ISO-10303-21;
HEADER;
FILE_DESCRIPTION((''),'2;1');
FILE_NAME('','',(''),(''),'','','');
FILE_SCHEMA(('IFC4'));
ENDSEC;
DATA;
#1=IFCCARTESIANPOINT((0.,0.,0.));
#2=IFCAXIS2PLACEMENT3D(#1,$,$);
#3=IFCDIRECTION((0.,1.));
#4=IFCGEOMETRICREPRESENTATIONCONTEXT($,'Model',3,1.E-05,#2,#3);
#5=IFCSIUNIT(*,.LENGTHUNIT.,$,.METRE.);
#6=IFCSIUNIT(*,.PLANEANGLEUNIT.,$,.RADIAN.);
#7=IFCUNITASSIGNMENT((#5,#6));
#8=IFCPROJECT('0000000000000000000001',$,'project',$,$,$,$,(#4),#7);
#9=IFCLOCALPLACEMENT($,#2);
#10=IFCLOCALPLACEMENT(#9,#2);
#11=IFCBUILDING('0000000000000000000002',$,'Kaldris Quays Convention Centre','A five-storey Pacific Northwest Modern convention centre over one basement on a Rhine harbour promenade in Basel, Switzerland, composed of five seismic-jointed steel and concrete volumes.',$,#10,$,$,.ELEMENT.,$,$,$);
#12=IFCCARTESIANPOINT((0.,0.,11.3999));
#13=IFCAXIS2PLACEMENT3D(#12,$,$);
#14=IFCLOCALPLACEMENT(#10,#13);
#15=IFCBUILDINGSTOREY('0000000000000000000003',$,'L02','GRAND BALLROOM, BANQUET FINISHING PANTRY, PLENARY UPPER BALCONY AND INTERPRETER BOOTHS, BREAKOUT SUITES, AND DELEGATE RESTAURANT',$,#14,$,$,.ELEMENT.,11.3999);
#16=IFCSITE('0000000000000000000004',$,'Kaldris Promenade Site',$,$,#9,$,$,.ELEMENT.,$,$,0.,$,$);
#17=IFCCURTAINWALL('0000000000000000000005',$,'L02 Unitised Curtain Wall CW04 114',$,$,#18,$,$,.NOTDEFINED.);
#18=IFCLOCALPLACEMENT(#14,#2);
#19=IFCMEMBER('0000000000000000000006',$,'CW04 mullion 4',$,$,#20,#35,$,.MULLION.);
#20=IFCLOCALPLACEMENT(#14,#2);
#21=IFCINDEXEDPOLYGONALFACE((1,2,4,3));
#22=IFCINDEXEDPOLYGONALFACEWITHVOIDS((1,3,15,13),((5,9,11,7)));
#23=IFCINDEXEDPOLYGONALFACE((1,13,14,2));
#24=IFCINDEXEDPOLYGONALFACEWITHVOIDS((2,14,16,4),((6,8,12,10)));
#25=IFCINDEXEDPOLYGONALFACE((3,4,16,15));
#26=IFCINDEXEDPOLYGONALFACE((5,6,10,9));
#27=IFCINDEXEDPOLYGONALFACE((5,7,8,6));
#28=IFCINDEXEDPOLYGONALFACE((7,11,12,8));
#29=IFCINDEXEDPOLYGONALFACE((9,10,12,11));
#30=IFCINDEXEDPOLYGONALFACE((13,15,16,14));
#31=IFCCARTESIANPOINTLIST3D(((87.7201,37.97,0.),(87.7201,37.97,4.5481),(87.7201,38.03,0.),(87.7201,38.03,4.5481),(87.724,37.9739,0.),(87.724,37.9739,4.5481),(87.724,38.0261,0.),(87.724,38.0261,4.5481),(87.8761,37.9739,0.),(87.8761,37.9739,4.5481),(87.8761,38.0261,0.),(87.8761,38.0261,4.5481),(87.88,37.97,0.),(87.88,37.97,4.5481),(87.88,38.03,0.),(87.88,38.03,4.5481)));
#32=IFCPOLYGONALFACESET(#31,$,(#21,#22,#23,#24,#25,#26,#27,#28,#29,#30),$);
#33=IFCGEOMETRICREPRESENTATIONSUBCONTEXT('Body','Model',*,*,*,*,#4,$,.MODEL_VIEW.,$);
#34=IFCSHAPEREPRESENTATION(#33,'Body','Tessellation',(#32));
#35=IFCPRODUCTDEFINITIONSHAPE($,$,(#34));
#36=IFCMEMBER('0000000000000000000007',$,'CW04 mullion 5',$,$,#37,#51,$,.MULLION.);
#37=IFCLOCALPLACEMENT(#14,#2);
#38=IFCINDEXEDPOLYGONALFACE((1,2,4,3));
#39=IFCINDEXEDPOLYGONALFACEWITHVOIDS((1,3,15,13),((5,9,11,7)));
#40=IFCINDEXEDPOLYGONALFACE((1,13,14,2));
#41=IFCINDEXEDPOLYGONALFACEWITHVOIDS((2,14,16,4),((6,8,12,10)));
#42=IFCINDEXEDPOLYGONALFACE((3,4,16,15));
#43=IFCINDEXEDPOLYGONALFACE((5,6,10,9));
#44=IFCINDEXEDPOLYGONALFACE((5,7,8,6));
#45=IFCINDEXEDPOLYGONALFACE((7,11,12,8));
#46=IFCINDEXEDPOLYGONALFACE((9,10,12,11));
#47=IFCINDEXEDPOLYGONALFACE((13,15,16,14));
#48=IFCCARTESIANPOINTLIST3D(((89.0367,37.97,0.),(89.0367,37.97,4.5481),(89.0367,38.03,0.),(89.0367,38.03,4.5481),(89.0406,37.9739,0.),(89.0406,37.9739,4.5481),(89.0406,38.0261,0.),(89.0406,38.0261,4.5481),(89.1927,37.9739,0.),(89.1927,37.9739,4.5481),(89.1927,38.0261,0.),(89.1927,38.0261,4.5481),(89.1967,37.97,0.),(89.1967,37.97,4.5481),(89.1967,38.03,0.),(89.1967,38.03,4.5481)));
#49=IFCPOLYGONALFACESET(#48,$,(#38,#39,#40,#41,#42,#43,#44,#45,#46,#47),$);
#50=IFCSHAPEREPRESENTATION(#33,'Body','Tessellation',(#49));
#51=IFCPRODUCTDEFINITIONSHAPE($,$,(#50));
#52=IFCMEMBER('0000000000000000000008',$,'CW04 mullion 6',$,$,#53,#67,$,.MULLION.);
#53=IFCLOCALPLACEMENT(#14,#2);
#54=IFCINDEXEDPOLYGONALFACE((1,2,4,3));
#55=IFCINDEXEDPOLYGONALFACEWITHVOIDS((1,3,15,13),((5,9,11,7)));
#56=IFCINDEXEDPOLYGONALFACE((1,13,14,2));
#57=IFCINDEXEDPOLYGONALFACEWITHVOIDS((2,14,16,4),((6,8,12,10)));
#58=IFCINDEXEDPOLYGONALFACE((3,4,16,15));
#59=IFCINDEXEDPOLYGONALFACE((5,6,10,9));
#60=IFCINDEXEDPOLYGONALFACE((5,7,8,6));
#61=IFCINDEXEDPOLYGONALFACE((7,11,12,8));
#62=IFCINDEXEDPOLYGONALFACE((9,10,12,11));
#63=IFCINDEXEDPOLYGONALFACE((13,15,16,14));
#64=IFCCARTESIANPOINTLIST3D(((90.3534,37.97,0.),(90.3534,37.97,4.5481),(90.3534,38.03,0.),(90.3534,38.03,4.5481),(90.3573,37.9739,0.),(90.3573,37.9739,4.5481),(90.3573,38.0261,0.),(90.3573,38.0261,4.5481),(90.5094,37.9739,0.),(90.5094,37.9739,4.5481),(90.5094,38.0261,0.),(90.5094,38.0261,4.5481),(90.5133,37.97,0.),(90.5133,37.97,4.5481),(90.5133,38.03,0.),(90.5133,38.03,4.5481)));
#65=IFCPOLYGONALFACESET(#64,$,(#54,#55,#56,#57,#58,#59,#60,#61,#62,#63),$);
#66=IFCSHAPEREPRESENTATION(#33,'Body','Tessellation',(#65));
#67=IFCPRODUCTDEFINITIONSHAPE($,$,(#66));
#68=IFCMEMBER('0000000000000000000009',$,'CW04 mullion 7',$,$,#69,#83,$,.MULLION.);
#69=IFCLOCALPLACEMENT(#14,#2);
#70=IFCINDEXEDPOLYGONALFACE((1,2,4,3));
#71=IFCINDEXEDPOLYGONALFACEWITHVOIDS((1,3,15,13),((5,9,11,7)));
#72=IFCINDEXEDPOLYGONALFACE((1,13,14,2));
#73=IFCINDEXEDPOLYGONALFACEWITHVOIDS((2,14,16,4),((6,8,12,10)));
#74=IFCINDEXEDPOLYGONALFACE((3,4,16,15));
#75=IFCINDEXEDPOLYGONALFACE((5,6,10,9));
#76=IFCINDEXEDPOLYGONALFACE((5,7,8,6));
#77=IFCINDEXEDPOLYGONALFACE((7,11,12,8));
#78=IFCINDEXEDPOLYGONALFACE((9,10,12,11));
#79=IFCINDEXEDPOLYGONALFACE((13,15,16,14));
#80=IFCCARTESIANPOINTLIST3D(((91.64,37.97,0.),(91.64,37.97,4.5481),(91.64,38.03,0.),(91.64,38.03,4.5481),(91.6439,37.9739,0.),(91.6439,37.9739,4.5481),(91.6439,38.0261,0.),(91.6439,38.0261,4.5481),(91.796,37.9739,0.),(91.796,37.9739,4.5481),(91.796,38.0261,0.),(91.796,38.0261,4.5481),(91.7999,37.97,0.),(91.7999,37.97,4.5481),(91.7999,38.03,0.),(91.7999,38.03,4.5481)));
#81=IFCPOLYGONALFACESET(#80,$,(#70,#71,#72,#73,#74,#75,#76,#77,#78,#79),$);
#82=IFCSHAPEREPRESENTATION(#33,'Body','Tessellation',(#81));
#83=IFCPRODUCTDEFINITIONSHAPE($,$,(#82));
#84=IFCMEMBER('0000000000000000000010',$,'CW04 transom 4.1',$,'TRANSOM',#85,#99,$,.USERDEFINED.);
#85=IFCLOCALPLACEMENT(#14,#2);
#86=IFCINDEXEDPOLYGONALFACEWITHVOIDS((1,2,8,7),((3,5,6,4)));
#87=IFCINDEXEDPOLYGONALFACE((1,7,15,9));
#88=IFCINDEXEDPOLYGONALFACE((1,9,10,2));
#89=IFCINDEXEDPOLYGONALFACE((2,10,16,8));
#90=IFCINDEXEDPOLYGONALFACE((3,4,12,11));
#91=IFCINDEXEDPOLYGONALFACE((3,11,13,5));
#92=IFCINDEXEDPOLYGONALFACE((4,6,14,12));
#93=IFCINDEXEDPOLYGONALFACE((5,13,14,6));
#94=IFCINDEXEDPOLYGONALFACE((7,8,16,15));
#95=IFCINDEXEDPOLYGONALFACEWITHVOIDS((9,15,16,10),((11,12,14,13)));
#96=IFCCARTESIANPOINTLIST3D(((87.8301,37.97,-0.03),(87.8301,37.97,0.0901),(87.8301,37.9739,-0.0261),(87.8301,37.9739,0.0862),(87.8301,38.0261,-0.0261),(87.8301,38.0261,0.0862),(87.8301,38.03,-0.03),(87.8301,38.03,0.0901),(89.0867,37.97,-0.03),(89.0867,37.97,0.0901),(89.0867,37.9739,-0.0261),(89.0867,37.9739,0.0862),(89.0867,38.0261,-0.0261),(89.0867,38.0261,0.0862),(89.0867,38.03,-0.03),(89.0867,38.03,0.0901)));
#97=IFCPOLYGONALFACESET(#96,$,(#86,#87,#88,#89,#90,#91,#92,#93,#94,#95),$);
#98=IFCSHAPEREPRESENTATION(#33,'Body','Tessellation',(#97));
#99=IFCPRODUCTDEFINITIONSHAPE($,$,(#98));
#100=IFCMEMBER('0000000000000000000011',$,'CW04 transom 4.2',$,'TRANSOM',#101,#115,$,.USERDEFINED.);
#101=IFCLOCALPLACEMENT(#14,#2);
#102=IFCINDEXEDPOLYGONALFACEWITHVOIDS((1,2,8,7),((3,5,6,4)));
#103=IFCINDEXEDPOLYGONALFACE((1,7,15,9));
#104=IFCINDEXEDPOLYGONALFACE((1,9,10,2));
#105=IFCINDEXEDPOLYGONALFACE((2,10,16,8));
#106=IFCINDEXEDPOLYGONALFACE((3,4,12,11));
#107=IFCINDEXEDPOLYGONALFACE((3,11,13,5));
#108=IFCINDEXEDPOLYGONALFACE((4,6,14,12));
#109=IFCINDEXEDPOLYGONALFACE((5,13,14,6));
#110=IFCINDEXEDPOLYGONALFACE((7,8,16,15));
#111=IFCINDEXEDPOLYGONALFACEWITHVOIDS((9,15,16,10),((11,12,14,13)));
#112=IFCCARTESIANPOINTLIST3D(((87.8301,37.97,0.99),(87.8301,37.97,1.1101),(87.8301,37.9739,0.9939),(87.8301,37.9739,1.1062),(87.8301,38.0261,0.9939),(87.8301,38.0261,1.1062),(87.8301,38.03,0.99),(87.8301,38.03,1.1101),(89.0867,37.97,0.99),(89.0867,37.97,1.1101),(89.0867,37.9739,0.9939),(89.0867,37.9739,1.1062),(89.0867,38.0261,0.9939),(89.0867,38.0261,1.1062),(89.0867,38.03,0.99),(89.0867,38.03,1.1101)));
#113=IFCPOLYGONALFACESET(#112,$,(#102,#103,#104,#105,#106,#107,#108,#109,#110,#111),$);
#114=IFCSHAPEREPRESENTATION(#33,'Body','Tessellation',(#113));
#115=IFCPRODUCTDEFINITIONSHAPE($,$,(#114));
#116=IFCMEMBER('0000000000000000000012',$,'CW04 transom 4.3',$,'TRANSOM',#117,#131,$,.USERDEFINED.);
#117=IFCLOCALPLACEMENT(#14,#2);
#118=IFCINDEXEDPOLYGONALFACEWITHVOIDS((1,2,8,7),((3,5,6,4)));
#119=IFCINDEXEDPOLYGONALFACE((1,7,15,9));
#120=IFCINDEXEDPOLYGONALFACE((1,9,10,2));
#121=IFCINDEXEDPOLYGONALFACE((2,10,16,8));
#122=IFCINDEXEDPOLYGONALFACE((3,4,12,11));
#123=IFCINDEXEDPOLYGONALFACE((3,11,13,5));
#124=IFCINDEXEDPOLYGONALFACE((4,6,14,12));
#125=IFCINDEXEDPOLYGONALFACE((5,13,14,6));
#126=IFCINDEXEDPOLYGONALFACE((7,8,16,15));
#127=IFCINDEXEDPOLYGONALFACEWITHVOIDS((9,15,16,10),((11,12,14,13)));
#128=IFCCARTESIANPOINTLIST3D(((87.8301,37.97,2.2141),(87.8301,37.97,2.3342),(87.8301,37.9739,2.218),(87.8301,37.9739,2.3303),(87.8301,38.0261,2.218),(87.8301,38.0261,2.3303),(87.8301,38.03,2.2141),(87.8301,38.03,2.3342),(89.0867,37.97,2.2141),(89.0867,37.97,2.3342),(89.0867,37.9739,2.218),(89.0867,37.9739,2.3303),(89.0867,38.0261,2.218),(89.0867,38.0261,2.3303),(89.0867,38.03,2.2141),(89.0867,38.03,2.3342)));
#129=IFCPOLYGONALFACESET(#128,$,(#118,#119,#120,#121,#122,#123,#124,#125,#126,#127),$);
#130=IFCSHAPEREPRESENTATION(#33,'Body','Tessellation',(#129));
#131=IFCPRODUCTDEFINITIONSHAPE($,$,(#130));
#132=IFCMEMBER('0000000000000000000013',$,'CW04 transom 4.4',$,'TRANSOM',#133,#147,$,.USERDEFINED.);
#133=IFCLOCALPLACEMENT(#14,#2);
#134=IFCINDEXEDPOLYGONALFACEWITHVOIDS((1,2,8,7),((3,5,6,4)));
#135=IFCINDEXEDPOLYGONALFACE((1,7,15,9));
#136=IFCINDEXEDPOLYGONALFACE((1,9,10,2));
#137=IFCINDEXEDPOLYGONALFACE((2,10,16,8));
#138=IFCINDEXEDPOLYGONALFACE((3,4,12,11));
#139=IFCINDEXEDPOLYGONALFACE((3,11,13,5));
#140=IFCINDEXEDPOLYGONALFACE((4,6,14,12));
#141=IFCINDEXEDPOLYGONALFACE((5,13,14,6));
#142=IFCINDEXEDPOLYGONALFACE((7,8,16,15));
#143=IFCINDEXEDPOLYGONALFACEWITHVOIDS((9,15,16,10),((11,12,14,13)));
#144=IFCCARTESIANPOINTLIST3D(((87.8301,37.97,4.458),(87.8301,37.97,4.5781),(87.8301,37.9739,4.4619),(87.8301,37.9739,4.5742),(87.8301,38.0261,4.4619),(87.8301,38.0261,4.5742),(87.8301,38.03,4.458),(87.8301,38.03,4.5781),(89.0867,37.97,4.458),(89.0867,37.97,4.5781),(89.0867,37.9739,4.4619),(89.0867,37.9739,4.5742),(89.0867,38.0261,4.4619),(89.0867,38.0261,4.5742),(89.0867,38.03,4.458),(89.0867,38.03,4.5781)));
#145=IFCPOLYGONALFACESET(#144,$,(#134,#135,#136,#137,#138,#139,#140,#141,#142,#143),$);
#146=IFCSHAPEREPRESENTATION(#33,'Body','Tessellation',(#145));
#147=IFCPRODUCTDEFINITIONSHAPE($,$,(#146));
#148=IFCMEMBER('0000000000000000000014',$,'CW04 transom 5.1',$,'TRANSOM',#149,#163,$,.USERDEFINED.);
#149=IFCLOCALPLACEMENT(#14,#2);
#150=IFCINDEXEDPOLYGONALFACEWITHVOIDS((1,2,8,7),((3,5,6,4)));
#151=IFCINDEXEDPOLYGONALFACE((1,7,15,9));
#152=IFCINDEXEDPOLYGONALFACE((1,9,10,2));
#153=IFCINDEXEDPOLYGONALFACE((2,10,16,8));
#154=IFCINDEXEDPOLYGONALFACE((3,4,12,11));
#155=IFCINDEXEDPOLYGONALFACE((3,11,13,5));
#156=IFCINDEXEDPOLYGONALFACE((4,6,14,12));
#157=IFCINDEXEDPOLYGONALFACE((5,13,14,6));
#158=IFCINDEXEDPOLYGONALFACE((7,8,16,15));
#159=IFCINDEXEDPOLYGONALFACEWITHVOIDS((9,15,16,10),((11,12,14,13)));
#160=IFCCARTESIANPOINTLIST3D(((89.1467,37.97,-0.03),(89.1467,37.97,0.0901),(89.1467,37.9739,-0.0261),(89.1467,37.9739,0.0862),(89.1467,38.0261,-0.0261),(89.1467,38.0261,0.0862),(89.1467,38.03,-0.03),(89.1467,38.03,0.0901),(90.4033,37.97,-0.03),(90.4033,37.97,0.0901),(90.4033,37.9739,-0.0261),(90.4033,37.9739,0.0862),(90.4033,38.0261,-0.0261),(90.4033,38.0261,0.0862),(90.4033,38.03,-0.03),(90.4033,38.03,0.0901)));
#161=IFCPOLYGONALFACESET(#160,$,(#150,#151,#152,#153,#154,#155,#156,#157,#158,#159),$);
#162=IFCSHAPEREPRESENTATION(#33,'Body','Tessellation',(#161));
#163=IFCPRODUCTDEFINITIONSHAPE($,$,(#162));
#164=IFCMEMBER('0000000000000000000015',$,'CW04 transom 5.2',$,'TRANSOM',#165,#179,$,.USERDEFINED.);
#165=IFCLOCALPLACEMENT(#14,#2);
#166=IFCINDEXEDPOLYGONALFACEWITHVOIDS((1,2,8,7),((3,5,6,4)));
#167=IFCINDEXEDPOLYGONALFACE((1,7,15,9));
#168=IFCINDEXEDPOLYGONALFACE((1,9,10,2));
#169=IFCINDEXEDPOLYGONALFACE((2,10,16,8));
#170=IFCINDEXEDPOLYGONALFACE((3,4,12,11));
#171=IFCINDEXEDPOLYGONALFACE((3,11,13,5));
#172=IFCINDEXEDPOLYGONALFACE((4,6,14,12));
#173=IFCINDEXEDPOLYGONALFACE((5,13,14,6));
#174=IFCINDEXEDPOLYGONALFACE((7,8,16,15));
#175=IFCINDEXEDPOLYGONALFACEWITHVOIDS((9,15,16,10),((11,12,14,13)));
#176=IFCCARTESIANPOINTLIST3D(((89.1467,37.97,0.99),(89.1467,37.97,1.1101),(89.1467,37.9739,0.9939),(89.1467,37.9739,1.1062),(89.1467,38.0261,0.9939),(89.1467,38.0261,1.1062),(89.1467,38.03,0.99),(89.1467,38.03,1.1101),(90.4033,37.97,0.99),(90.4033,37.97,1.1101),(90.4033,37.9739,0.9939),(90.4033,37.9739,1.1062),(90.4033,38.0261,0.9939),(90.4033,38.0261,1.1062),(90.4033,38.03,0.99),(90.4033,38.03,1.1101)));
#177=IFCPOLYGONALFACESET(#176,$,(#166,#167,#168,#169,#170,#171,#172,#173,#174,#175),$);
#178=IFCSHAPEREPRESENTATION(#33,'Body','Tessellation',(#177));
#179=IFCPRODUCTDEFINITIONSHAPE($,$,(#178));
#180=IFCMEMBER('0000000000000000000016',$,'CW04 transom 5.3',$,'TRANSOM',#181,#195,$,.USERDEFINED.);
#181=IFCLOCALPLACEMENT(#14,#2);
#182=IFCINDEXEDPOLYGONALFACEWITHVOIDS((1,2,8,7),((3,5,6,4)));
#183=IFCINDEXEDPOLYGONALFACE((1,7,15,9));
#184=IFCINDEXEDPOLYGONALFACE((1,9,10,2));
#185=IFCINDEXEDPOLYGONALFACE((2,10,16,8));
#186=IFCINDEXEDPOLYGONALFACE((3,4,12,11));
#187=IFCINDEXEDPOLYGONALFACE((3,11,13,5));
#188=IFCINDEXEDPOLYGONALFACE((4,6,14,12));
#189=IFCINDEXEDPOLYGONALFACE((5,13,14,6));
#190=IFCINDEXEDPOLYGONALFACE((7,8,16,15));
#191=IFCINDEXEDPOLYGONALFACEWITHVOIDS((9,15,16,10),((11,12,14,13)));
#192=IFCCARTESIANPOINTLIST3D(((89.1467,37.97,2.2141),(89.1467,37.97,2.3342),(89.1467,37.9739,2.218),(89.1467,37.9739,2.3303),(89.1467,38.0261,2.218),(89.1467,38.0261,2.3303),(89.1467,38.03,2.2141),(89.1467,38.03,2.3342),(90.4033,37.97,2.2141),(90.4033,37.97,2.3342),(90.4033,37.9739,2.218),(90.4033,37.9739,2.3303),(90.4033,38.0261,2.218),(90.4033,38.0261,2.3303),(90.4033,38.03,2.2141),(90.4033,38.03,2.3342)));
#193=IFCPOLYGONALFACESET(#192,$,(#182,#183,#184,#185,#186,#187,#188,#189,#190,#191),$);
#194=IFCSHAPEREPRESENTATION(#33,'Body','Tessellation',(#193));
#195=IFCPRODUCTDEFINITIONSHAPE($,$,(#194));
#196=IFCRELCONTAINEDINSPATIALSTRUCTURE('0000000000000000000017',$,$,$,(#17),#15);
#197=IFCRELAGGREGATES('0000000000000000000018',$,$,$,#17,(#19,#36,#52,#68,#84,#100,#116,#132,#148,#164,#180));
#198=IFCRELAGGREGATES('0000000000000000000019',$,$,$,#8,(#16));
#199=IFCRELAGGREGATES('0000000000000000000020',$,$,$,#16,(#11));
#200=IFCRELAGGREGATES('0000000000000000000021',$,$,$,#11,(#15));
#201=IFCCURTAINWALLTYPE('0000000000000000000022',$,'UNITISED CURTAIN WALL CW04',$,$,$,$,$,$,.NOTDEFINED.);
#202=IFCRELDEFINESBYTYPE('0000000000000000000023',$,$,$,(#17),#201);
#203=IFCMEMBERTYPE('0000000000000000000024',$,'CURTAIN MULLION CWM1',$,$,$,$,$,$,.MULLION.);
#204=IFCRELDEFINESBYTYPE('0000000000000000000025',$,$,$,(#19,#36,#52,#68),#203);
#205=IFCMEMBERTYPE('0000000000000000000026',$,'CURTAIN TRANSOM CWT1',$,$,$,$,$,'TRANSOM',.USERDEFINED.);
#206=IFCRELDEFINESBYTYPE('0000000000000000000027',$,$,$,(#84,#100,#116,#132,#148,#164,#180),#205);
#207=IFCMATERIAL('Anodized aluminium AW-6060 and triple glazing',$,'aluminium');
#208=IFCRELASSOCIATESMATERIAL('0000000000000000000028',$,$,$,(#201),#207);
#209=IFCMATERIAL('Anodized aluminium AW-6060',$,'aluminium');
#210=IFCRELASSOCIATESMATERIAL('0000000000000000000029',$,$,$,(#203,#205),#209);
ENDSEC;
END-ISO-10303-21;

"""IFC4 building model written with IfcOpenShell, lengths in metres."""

from ifc_helpers import new_model, si_unit, direction, frame, origin, origin_2d, place, context, subcontext, project, spatial, hollow_rectangle, extrude, material, material_profile, profile_set, type_object, element, aggregate, save


model = new_model("IFC4")

# Units and contexts
model_context = context("Model", 3, precision=1e-05, world=origin(), true_north=direction((0.0, 1.0)))
body_context = subcontext(model_context, "Body", "Model", "MODEL_VIEW")
ifc_project = project(units=[si_unit("LENGTHUNIT", "METRE"), si_unit("PLANEANGLEUNIT", "RADIAN")], contexts=[model_context])

# Site, building, storey
site_placement = place(None, origin())
site = spatial("IfcSite", under=ifc_project, at=site_placement, Name="Kaldris Promenade Site", CompositionType="ELEMENT", RefElevation=0.0)
building_placement = place(site_placement, origin())
building = spatial("IfcBuilding", under=site, at=building_placement, Name="Kaldris Quays Convention Centre", Description="A five-storey Pacific Northwest Modern convention centre over one basement on a Rhine harbour promenade in Basel, Switzerland, composed of five seismic-jointed steel and concrete volumes.", CompositionType="ELEMENT")
storey_placement = place(building_placement, frame((0.0, 0.0, 11.3999)))
storey = spatial("IfcBuildingStorey", under=building, at=storey_placement, Name="L02", Description="GRAND BALLROOM, BANQUET FINISHING PANTRY, PLENARY UPPER BALCONY AND INTERPRETER BOOTHS, BREAKOUT SUITES, AND DELEGATE RESTAURANT", CompositionType="ELEMENT", Elevation=11.3999)

# Curtain wall, members
ifc_material_1 = material(Name="Anodized aluminium AW-6060 and triple glazing", Category="aluminium")
curtain_wall_type = type_object("IfcCurtainWallType", Name="UNITISED CURTAIN WALL CW04", PredefinedType="NOTDEFINED", material=ifc_material_1)
curtain_wall_placement = place(storey_placement, origin())
curtain_wall = element("IfcCurtainWall", 1, at=curtain_wall_placement, inside=storey, type_object=curtain_wall_type, Name="L02 Unitised Curtain Wall CW04 114", PredefinedType="NOTDEFINED")
ifc_material_2 = material(Name="Anodized aluminium AW-6060", Category="aluminium")
ifc_material_profile_1 = material_profile(ifc_material_2, hollow_rectangle(XDim=0.0601, YDim=0.1599, WallThickness=0.0039, at=origin_2d()), Name="RHS 160x60x4")
ifc_profile_set_1 = profile_set([ifc_material_profile_1], Name="Anodized aluminium AW-6060")
member_type_1 = type_object("IfcMemberType", Name="CURTAIN MULLION CWM1", PredefinedType="MULLION", material=ifc_profile_set_1)
member_1_placement = place(storey_placement, frame((87.8, 38.0, 0.0), z_axis=(0.0, 0.0, 1.0), x_axis=(0.0, 1.0, 0.0)))
member_1 = element("IfcMember", 2, at=member_1_placement, type_object=member_type_1, Name="CW04 mullion 4", PredefinedType="MULLION", context=body_context, shape_type="SweptSolid", body=[
    extrude(hollow_rectangle(XDim=0.0601, YDim=0.1599, WallThickness=0.0039, at=origin_2d()), origin(), (0.0, 0.0, 1.0), 4.5481),
])
member_2_placement = place(storey_placement, frame((89.1167, 38.0, 0.0), z_axis=(0.0, 0.0, 1.0), x_axis=(0.0, 1.0, 0.0)))
member_2 = element("IfcMember", 3, at=member_2_placement, type_object=member_type_1, Name="CW04 mullion 5", PredefinedType="MULLION", context=body_context, shape_type="SweptSolid", body=[
    extrude(hollow_rectangle(XDim=0.0601, YDim=0.1599, WallThickness=0.0039, at=origin_2d()), origin(), (0.0, 0.0, 1.0), 4.5481),
])
member_3_placement = place(storey_placement, frame((90.4333, 38.0, 0.0), z_axis=(0.0, 0.0, 1.0), x_axis=(0.0, 1.0, 0.0)))
member_3 = element("IfcMember", 4, at=member_3_placement, type_object=member_type_1, Name="CW04 mullion 6", PredefinedType="MULLION", context=body_context, shape_type="SweptSolid", body=[
    extrude(hollow_rectangle(XDim=0.0601, YDim=0.1599, WallThickness=0.0039, at=origin_2d()), origin(), (0.0, 0.0, 1.0), 4.5481),
])
member_4_placement = place(storey_placement, frame((91.72, 38.0, 0.0), z_axis=(0.0, 0.0, 1.0), x_axis=(0.0, 1.0, 0.0)))
member_4 = element("IfcMember", 5, at=member_4_placement, type_object=member_type_1, Name="CW04 mullion 7", PredefinedType="MULLION", context=body_context, shape_type="SweptSolid", body=[
    extrude(hollow_rectangle(XDim=0.0601, YDim=0.1599, WallThickness=0.0039, at=origin_2d()), origin(), (0.0, 0.0, 1.0), 4.5481),
])
ifc_material_profile_2 = material_profile(ifc_material_2, hollow_rectangle(XDim=0.0601, YDim=0.1201, WallThickness=0.0039, at=origin_2d()), Name="RHS 120x60x4")
ifc_profile_set_2 = profile_set([ifc_material_profile_2], Name="Anodized aluminium AW-6060")
member_type_2 = type_object("IfcMemberType", Name="CURTAIN TRANSOM CWT1", ElementType="TRANSOM", PredefinedType="USERDEFINED", material=ifc_profile_set_2)
member_5_placement = place(storey_placement, frame((87.8301, 38.0, 0.03), z_axis=(1.0, 0.0, 0.0), x_axis=(0.0, 1.0, 0.0)))
member_5 = element("IfcMember", 6, at=member_5_placement, type_object=member_type_2, Name="CW04 transom 4.1", ObjectType="TRANSOM", PredefinedType="USERDEFINED", context=body_context, shape_type="SweptSolid", body=[
    extrude(hollow_rectangle(XDim=0.0601, YDim=0.1201, WallThickness=0.0039, at=origin_2d()), origin(), (0.0, 0.0, 1.0), 1.2566),
])
member_6_placement = place(storey_placement, frame((87.8301, 38.0, 1.05), z_axis=(1.0, 0.0, 0.0), x_axis=(0.0, 1.0, 0.0)))
member_6 = element("IfcMember", 7, at=member_6_placement, type_object=member_type_2, Name="CW04 transom 4.2", ObjectType="TRANSOM", PredefinedType="USERDEFINED", context=body_context, shape_type="SweptSolid", body=[
    extrude(hollow_rectangle(XDim=0.0601, YDim=0.1201, WallThickness=0.0039, at=origin_2d()), origin(), (0.0, 0.0, 1.0), 1.2566),
])
member_7_placement = place(storey_placement, frame((87.8301, 38.0, 2.2742), z_axis=(1.0, 0.0, 0.0), x_axis=(0.0, 1.0, 0.0)))
member_7 = element("IfcMember", 8, at=member_7_placement, type_object=member_type_2, Name="CW04 transom 4.3", ObjectType="TRANSOM", PredefinedType="USERDEFINED", context=body_context, shape_type="SweptSolid", body=[
    extrude(hollow_rectangle(XDim=0.0601, YDim=0.1201, WallThickness=0.0039, at=origin_2d()), origin(), (0.0, 0.0, 1.0), 1.2566),
])
member_8_placement = place(storey_placement, frame((87.8301, 38.0, 4.5181), z_axis=(1.0, 0.0, 0.0), x_axis=(0.0, 1.0, 0.0)))
member_8 = element("IfcMember", 9, at=member_8_placement, type_object=member_type_2, Name="CW04 transom 4.4", ObjectType="TRANSOM", PredefinedType="USERDEFINED", context=body_context, shape_type="SweptSolid", body=[
    extrude(hollow_rectangle(XDim=0.0601, YDim=0.1201, WallThickness=0.0039, at=origin_2d()), origin(), (0.0, 0.0, 1.0), 1.2566),
])
member_9_placement = place(storey_placement, frame((89.1467, 38.0, 0.03), z_axis=(1.0, 0.0, 0.0), x_axis=(0.0, 1.0, 0.0)))
member_9 = element("IfcMember", 10, at=member_9_placement, type_object=member_type_2, Name="CW04 transom 5.1", ObjectType="TRANSOM", PredefinedType="USERDEFINED", context=body_context, shape_type="SweptSolid", body=[
    extrude(hollow_rectangle(XDim=0.0601, YDim=0.1201, WallThickness=0.0039, at=origin_2d()), origin(), (0.0, 0.0, 1.0), 1.2566),
])
member_10_placement = place(storey_placement, frame((89.1467, 38.0, 1.05), z_axis=(1.0, 0.0, 0.0), x_axis=(0.0, 1.0, 0.0)))
member_10 = element("IfcMember", 11, at=member_10_placement, type_object=member_type_2, Name="CW04 transom 5.2", ObjectType="TRANSOM", PredefinedType="USERDEFINED", context=body_context, shape_type="SweptSolid", body=[
    extrude(hollow_rectangle(XDim=0.0601, YDim=0.1201, WallThickness=0.0039, at=origin_2d()), origin(), (0.0, 0.0, 1.0), 1.2566),
])
member_11_placement = place(storey_placement, frame((89.1467, 38.0, 2.2742), z_axis=(1.0, 0.0, 0.0), x_axis=(0.0, 1.0, 0.0)))
member_11 = element("IfcMember", 12, at=member_11_placement, type_object=member_type_2, Name="CW04 transom 5.3", ObjectType="TRANSOM", PredefinedType="USERDEFINED", context=body_context, shape_type="SweptSolid", body=[
    extrude(hollow_rectangle(XDim=0.0601, YDim=0.1201, WallThickness=0.0039, at=origin_2d()), origin(), (0.0, 0.0, 1.0), 1.2566),
])

aggregate(curtain_wall, [member_1, member_2, member_3, member_4, member_5, member_6, member_7, member_8, member_9, member_10, member_11])

save(model, "model.ifc")
